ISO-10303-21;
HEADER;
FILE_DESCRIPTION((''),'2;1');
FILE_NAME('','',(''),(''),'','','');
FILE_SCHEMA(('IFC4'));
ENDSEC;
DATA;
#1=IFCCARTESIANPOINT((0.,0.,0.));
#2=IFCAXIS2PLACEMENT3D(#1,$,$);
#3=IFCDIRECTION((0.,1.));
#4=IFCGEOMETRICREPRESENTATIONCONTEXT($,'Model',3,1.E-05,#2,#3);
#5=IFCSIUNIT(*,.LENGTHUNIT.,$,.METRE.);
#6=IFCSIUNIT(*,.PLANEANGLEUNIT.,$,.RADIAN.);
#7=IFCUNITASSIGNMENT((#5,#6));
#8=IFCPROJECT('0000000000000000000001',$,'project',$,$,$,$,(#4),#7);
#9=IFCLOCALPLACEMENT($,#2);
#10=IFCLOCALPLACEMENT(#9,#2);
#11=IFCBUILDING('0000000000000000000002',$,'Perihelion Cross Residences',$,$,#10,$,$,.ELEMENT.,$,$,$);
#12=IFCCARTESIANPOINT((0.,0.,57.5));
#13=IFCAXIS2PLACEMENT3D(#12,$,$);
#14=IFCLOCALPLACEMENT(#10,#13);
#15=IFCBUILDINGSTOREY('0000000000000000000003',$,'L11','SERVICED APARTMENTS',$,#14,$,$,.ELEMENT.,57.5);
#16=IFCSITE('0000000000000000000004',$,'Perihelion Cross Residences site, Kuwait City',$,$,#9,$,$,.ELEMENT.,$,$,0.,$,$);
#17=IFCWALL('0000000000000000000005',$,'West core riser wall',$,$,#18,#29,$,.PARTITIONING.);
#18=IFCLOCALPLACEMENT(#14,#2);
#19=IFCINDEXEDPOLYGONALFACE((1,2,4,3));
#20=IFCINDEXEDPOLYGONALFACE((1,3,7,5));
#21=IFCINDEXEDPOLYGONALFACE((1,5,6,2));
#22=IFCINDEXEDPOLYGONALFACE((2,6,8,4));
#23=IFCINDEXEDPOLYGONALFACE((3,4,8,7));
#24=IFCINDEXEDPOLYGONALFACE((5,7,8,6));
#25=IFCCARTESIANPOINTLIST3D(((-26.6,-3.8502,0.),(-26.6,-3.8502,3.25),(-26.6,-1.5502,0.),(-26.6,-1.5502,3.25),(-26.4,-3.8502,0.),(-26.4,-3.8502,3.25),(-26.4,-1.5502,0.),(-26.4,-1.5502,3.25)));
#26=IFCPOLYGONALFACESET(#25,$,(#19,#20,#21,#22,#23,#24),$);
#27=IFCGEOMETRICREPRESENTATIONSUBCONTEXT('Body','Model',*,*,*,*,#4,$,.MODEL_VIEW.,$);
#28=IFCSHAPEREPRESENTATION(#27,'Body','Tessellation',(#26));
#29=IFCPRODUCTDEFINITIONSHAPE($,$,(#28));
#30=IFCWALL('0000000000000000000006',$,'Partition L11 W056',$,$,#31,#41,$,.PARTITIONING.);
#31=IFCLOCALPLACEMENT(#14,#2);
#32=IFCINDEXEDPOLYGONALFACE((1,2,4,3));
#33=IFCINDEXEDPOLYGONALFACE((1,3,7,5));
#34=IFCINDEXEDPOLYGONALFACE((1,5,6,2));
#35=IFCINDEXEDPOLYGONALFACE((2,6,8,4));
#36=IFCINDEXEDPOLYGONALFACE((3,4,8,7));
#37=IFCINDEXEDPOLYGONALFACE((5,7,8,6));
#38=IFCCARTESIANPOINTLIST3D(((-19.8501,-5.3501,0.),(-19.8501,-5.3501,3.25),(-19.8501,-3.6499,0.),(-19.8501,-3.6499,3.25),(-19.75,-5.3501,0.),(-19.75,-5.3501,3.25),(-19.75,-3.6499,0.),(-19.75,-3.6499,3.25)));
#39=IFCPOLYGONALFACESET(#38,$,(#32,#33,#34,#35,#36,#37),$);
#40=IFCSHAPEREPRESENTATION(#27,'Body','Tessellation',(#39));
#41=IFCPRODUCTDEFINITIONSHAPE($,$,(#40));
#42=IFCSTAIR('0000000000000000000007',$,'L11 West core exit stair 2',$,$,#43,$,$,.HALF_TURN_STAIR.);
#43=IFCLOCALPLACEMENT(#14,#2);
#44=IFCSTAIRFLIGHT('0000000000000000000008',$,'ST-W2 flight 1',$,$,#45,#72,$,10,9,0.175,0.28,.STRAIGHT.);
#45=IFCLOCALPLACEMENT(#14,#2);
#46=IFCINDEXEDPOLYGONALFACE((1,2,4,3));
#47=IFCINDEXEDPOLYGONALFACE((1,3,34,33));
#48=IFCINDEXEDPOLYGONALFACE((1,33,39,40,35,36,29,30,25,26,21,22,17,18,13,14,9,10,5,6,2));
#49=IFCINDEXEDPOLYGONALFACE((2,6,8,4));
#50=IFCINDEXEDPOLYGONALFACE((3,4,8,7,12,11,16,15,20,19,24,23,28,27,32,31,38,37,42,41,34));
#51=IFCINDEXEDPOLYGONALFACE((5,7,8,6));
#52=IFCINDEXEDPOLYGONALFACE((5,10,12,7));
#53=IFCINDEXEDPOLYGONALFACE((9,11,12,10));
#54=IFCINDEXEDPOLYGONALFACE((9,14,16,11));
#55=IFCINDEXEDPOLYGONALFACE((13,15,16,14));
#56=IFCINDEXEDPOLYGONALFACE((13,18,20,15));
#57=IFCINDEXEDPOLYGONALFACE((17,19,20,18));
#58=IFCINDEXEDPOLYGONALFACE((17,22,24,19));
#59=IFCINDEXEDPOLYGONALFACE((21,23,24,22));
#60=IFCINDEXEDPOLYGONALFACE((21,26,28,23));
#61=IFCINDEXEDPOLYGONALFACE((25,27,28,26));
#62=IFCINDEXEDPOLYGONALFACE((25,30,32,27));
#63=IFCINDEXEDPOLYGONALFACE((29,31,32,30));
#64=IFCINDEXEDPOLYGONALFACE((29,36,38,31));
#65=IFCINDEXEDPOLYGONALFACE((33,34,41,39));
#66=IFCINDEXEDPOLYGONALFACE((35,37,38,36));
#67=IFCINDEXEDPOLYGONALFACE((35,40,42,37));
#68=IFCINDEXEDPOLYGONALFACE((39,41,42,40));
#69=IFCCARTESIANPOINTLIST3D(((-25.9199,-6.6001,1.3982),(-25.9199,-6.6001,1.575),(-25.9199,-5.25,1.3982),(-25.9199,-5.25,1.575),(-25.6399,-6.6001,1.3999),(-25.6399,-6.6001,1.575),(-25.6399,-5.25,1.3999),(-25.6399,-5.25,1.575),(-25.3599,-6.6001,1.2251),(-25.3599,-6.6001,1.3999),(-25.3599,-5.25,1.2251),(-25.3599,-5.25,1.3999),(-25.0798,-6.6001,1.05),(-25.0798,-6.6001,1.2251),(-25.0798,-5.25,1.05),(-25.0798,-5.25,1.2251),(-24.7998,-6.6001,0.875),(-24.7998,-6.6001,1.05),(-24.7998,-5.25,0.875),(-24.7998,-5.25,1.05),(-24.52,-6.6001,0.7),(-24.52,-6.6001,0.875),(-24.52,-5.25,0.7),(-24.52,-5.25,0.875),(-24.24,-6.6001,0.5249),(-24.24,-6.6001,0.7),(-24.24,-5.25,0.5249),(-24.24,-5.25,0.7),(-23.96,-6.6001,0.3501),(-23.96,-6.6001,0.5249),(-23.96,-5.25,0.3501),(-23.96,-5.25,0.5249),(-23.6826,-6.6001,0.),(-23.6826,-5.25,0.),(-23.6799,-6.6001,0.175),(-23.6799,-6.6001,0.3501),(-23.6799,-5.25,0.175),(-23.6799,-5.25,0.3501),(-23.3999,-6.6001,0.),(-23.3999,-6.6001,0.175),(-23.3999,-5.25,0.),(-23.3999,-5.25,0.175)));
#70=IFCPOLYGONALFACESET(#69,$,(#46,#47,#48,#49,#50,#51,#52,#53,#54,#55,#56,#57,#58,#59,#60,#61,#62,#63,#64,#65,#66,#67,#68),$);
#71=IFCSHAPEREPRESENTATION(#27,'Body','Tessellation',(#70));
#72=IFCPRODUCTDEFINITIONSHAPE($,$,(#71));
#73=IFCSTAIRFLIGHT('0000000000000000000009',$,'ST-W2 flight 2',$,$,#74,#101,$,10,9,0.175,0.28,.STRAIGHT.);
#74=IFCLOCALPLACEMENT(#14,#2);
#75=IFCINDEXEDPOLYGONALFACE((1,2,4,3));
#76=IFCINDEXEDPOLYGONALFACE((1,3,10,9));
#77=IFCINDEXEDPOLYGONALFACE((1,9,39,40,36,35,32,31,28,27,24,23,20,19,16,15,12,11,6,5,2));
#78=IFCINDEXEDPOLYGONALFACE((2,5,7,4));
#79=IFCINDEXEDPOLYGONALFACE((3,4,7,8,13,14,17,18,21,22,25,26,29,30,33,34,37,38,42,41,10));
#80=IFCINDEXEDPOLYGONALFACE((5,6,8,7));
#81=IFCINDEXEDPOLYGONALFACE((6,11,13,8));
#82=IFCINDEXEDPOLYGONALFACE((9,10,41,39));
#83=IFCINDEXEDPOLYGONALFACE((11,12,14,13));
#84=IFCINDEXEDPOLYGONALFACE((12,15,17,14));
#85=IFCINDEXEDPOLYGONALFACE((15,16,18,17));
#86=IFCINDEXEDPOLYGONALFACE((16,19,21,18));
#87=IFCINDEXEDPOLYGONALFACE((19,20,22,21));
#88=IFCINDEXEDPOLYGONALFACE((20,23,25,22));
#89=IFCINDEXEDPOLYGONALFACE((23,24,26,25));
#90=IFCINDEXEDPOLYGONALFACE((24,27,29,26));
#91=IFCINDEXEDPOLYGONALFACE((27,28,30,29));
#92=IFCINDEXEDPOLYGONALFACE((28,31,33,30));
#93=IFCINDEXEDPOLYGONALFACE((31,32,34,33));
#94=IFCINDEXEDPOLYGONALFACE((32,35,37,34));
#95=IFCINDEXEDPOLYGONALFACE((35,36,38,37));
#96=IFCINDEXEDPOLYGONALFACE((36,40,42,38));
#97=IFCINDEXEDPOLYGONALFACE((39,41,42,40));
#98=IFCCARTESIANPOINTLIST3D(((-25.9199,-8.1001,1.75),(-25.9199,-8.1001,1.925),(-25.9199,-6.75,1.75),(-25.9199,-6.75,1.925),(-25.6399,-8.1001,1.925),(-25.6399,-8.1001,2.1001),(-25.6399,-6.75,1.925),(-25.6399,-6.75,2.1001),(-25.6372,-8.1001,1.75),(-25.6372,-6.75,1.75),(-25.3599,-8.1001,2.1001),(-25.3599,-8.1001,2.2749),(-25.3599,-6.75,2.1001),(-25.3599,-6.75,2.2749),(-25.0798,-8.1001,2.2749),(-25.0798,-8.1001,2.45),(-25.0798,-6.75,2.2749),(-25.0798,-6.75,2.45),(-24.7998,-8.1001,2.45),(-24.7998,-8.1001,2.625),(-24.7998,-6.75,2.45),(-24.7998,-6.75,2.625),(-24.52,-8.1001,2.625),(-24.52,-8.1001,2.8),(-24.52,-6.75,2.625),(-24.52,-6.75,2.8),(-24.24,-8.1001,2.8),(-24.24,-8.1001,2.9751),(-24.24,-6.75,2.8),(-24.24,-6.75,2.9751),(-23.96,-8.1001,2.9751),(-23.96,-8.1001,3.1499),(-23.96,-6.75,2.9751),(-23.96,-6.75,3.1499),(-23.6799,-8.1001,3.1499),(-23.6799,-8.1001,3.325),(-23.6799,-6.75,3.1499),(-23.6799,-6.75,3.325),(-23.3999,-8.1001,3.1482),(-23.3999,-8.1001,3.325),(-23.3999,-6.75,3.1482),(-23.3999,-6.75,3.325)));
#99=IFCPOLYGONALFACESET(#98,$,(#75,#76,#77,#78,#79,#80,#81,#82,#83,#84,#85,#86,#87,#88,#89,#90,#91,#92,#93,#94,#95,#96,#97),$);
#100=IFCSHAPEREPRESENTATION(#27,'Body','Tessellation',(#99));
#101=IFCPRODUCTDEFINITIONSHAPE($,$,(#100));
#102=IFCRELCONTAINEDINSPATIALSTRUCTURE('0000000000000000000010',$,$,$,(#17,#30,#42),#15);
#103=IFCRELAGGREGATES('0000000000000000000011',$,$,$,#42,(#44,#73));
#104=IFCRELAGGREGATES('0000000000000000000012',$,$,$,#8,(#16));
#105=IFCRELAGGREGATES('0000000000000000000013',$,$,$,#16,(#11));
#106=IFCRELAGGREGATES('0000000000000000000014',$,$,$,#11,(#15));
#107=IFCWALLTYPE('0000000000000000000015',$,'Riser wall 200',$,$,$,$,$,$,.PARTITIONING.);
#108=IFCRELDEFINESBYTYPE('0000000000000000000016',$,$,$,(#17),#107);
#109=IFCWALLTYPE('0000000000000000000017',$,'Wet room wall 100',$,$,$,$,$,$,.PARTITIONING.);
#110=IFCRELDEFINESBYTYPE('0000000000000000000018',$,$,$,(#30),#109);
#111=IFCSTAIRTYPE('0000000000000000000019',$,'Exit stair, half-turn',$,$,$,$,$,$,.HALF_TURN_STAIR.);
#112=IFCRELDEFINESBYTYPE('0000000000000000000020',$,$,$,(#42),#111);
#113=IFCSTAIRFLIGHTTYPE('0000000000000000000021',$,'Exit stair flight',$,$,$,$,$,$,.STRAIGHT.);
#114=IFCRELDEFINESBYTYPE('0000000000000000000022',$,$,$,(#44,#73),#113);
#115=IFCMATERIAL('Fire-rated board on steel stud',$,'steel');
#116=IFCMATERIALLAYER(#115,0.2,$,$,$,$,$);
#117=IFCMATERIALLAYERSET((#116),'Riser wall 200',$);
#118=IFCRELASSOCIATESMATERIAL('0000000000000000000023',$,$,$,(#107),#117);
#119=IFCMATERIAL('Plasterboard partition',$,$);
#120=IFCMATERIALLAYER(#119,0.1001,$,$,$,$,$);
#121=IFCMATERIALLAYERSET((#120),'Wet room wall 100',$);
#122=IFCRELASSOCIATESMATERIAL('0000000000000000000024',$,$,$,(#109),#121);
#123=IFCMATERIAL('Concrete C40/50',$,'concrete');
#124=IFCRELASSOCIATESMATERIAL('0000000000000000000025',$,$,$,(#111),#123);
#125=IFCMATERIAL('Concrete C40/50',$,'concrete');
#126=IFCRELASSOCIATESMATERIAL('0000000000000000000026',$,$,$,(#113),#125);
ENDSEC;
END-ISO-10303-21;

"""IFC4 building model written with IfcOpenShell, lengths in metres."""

from ifc_helpers import new_model, si_unit, direction, frame, frame_2d, origin, place, context, subcontext, project, spatial, polyline, rectangle, outline, extrude, material, layer, layer_set, type_object, element, aggregate, save


model = new_model("IFC4")

# Units and contexts
model_context = context("Model", 3, precision=1e-05, world=origin(), true_north=direction((0.0, 1.0)))
body_context = subcontext(model_context, "Body", "Model", "MODEL_VIEW")
ifc_project = project(units=[si_unit("LENGTHUNIT", "METRE"), si_unit("PLANEANGLEUNIT", "RADIAN")], contexts=[model_context])

# Site, building, storey
site_placement = place(None, origin())
site = spatial("IfcSite", under=ifc_project, at=site_placement, Name="Perihelion Cross Residences site, Kuwait City", CompositionType="ELEMENT", RefElevation=0.0)
building_placement = place(site_placement, origin())
building = spatial("IfcBuilding", under=site, at=building_placement, Name="Perihelion Cross Residences", CompositionType="ELEMENT")
storey_placement = place(building_placement, frame((0.0, 0.0, 57.5)))
storey = spatial("IfcBuildingStorey", under=building, at=storey_placement, Name="L11", Description="SERVICED APARTMENTS", CompositionType="ELEMENT", Elevation=57.5)

# Walls
ifc_material_1 = material(Name="Fire-rated board on steel stud", Category="steel")
ifc_layer_1 = layer(ifc_material_1, 0.2)
ifc_layer_set_1 = layer_set([ifc_layer_1], Name="Riser wall 200")
wall_type_1 = type_object("IfcWallType", Name="Riser wall 200", PredefinedType="PARTITIONING", material=ifc_layer_set_1)
wall_1_placement = place(storey_placement, frame((-26.5, -3.8501, 0.0), z_axis=(0.0, 0.0, 1.0), x_axis=(0.0, 1.0, 0.0)))
element("IfcWall", 1, at=wall_1_placement, inside=storey, type_object=wall_type_1, Name="West core riser wall", PredefinedType="PARTITIONING", context=body_context, shape_type="SweptSolid", body=[
    extrude(rectangle(XDim=2.3, YDim=0.2, at=frame_2d((1.1499, 0.0))), origin(), (0.0, 0.0, 1.0), 3.25),
])
ifc_material_2 = material(Name="Plasterboard partition")
ifc_layer_2 = layer(ifc_material_2, 0.1001)
ifc_layer_set_2 = layer_set([ifc_layer_2], Name="Wet room wall 100")
wall_type_2 = type_object("IfcWallType", Name="Wet room wall 100", PredefinedType="PARTITIONING", material=ifc_layer_set_2)
wall_2_placement = place(storey_placement, frame((-19.8, -5.3501, 0.0), z_axis=(0.0, 0.0, 1.0), x_axis=(0.0, 1.0, 0.0)))
element("IfcWall", 2, at=wall_2_placement, inside=storey, type_object=wall_type_2, Name="Partition L11 W056", PredefinedType="PARTITIONING", context=body_context, shape_type="SweptSolid", body=[
    extrude(rectangle(XDim=1.7002, YDim=0.1001, at=frame_2d((0.8501, 0.0))), origin(), (0.0, 0.0, 1.0), 3.25),
])

# Stair, stair flights
ifc_material_3 = material(Name="Concrete C40/50", Category="concrete")
stair_type = type_object("IfcStairType", Name="Exit stair, half-turn", PredefinedType="HALF_TURN_STAIR", material=ifc_material_3)
stair_placement = place(storey_placement, origin())
stair = element("IfcStair", 3, at=stair_placement, inside=storey, type_object=stair_type, Name="L11 West core exit stair 2", PredefinedType="HALF_TURN_STAIR")
ifc_material_4 = material(Name="Concrete C40/50", Category="concrete")
stair_flight_type = type_object("IfcStairFlightType", Name="Exit stair flight", PredefinedType="STRAIGHT", material=ifc_material_4)
stair_flight_1_placement = place(storey_placement, frame((-23.3999, -5.925, 0.0), z_axis=(0.0, 0.0, 1.0), x_axis=(-1.0, 0.0, 0.0)))
stair_flight_1 = element("IfcStairFlight", 4, at=stair_flight_1_placement, type_object=stair_flight_type, Name="ST-W2 flight 1", NumberOfRisers=10, NumberOfTreads=9, PredefinedType="STRAIGHT", RiserHeight=0.175, TreadLength=0.28, context=body_context, shape_type="SweptSolid", body=[
    extrude(outline(polyline([(0.0, 0.0), (0.0, 0.175), (0.28, 0.175), (0.28, 0.3501), (0.5601, 0.3501), (0.5601, 0.5249), (0.8401, 0.5249), (0.8401, 0.7), (1.1201, 0.7), (1.1201, 0.875), (1.3999, 0.875), (1.3999, 1.05), (1.6799, 1.05), (1.6799, 1.2251), (1.96, 1.2251), (1.96, 1.3999), (2.24, 1.3999), (2.24, 1.575), (2.52, 1.575), (2.52, 1.75), (2.52, 1.3982), (0.2827, 0.0), (0.0, 0.0)])), frame((0.0, 0.675, 0.0), z_axis=(0.0, -1.0, 0.0), x_axis=(1.0, 0.0, 0.0)), (0.0, 0.0, 1.0), 1.3501),
])
stair_flight_2_placement = place(storey_placement, frame((-25.9199, -7.425, 1.75), z_axis=(0.0, 0.0, 1.0), x_axis=(1.0, 0.0, 0.0)))
stair_flight_2 = element("IfcStairFlight", 5, at=stair_flight_2_placement, type_object=stair_flight_type, Name="ST-W2 flight 2", NumberOfRisers=10, NumberOfTreads=9, PredefinedType="STRAIGHT", RiserHeight=0.175, TreadLength=0.28, context=body_context, shape_type="SweptSolid", body=[
    extrude(outline(polyline([(0.0, 0.0), (0.0, 0.175), (0.28, 0.175), (0.28, 0.3501), (0.5601, 0.3501), (0.5601, 0.5249), (0.8401, 0.5249), (0.8401, 0.7), (1.1201, 0.7), (1.1201, 0.875), (1.3999, 0.875), (1.3999, 1.05), (1.6799, 1.05), (1.6799, 1.2251), (1.96, 1.2251), (1.96, 1.3999), (2.24, 1.3999), (2.24, 1.575), (2.52, 1.575), (2.52, 1.75), (2.52, 1.3982), (0.2827, 0.0), (0.0, 0.0)])), frame((0.0, 0.675, 0.0), z_axis=(0.0, -1.0, 0.0), x_axis=(1.0, 0.0, 0.0)), (0.0, 0.0, 1.0), 1.3501),
])
aggregate(stair, [stair_flight_1, stair_flight_2])

save(model, "model.ifc")
